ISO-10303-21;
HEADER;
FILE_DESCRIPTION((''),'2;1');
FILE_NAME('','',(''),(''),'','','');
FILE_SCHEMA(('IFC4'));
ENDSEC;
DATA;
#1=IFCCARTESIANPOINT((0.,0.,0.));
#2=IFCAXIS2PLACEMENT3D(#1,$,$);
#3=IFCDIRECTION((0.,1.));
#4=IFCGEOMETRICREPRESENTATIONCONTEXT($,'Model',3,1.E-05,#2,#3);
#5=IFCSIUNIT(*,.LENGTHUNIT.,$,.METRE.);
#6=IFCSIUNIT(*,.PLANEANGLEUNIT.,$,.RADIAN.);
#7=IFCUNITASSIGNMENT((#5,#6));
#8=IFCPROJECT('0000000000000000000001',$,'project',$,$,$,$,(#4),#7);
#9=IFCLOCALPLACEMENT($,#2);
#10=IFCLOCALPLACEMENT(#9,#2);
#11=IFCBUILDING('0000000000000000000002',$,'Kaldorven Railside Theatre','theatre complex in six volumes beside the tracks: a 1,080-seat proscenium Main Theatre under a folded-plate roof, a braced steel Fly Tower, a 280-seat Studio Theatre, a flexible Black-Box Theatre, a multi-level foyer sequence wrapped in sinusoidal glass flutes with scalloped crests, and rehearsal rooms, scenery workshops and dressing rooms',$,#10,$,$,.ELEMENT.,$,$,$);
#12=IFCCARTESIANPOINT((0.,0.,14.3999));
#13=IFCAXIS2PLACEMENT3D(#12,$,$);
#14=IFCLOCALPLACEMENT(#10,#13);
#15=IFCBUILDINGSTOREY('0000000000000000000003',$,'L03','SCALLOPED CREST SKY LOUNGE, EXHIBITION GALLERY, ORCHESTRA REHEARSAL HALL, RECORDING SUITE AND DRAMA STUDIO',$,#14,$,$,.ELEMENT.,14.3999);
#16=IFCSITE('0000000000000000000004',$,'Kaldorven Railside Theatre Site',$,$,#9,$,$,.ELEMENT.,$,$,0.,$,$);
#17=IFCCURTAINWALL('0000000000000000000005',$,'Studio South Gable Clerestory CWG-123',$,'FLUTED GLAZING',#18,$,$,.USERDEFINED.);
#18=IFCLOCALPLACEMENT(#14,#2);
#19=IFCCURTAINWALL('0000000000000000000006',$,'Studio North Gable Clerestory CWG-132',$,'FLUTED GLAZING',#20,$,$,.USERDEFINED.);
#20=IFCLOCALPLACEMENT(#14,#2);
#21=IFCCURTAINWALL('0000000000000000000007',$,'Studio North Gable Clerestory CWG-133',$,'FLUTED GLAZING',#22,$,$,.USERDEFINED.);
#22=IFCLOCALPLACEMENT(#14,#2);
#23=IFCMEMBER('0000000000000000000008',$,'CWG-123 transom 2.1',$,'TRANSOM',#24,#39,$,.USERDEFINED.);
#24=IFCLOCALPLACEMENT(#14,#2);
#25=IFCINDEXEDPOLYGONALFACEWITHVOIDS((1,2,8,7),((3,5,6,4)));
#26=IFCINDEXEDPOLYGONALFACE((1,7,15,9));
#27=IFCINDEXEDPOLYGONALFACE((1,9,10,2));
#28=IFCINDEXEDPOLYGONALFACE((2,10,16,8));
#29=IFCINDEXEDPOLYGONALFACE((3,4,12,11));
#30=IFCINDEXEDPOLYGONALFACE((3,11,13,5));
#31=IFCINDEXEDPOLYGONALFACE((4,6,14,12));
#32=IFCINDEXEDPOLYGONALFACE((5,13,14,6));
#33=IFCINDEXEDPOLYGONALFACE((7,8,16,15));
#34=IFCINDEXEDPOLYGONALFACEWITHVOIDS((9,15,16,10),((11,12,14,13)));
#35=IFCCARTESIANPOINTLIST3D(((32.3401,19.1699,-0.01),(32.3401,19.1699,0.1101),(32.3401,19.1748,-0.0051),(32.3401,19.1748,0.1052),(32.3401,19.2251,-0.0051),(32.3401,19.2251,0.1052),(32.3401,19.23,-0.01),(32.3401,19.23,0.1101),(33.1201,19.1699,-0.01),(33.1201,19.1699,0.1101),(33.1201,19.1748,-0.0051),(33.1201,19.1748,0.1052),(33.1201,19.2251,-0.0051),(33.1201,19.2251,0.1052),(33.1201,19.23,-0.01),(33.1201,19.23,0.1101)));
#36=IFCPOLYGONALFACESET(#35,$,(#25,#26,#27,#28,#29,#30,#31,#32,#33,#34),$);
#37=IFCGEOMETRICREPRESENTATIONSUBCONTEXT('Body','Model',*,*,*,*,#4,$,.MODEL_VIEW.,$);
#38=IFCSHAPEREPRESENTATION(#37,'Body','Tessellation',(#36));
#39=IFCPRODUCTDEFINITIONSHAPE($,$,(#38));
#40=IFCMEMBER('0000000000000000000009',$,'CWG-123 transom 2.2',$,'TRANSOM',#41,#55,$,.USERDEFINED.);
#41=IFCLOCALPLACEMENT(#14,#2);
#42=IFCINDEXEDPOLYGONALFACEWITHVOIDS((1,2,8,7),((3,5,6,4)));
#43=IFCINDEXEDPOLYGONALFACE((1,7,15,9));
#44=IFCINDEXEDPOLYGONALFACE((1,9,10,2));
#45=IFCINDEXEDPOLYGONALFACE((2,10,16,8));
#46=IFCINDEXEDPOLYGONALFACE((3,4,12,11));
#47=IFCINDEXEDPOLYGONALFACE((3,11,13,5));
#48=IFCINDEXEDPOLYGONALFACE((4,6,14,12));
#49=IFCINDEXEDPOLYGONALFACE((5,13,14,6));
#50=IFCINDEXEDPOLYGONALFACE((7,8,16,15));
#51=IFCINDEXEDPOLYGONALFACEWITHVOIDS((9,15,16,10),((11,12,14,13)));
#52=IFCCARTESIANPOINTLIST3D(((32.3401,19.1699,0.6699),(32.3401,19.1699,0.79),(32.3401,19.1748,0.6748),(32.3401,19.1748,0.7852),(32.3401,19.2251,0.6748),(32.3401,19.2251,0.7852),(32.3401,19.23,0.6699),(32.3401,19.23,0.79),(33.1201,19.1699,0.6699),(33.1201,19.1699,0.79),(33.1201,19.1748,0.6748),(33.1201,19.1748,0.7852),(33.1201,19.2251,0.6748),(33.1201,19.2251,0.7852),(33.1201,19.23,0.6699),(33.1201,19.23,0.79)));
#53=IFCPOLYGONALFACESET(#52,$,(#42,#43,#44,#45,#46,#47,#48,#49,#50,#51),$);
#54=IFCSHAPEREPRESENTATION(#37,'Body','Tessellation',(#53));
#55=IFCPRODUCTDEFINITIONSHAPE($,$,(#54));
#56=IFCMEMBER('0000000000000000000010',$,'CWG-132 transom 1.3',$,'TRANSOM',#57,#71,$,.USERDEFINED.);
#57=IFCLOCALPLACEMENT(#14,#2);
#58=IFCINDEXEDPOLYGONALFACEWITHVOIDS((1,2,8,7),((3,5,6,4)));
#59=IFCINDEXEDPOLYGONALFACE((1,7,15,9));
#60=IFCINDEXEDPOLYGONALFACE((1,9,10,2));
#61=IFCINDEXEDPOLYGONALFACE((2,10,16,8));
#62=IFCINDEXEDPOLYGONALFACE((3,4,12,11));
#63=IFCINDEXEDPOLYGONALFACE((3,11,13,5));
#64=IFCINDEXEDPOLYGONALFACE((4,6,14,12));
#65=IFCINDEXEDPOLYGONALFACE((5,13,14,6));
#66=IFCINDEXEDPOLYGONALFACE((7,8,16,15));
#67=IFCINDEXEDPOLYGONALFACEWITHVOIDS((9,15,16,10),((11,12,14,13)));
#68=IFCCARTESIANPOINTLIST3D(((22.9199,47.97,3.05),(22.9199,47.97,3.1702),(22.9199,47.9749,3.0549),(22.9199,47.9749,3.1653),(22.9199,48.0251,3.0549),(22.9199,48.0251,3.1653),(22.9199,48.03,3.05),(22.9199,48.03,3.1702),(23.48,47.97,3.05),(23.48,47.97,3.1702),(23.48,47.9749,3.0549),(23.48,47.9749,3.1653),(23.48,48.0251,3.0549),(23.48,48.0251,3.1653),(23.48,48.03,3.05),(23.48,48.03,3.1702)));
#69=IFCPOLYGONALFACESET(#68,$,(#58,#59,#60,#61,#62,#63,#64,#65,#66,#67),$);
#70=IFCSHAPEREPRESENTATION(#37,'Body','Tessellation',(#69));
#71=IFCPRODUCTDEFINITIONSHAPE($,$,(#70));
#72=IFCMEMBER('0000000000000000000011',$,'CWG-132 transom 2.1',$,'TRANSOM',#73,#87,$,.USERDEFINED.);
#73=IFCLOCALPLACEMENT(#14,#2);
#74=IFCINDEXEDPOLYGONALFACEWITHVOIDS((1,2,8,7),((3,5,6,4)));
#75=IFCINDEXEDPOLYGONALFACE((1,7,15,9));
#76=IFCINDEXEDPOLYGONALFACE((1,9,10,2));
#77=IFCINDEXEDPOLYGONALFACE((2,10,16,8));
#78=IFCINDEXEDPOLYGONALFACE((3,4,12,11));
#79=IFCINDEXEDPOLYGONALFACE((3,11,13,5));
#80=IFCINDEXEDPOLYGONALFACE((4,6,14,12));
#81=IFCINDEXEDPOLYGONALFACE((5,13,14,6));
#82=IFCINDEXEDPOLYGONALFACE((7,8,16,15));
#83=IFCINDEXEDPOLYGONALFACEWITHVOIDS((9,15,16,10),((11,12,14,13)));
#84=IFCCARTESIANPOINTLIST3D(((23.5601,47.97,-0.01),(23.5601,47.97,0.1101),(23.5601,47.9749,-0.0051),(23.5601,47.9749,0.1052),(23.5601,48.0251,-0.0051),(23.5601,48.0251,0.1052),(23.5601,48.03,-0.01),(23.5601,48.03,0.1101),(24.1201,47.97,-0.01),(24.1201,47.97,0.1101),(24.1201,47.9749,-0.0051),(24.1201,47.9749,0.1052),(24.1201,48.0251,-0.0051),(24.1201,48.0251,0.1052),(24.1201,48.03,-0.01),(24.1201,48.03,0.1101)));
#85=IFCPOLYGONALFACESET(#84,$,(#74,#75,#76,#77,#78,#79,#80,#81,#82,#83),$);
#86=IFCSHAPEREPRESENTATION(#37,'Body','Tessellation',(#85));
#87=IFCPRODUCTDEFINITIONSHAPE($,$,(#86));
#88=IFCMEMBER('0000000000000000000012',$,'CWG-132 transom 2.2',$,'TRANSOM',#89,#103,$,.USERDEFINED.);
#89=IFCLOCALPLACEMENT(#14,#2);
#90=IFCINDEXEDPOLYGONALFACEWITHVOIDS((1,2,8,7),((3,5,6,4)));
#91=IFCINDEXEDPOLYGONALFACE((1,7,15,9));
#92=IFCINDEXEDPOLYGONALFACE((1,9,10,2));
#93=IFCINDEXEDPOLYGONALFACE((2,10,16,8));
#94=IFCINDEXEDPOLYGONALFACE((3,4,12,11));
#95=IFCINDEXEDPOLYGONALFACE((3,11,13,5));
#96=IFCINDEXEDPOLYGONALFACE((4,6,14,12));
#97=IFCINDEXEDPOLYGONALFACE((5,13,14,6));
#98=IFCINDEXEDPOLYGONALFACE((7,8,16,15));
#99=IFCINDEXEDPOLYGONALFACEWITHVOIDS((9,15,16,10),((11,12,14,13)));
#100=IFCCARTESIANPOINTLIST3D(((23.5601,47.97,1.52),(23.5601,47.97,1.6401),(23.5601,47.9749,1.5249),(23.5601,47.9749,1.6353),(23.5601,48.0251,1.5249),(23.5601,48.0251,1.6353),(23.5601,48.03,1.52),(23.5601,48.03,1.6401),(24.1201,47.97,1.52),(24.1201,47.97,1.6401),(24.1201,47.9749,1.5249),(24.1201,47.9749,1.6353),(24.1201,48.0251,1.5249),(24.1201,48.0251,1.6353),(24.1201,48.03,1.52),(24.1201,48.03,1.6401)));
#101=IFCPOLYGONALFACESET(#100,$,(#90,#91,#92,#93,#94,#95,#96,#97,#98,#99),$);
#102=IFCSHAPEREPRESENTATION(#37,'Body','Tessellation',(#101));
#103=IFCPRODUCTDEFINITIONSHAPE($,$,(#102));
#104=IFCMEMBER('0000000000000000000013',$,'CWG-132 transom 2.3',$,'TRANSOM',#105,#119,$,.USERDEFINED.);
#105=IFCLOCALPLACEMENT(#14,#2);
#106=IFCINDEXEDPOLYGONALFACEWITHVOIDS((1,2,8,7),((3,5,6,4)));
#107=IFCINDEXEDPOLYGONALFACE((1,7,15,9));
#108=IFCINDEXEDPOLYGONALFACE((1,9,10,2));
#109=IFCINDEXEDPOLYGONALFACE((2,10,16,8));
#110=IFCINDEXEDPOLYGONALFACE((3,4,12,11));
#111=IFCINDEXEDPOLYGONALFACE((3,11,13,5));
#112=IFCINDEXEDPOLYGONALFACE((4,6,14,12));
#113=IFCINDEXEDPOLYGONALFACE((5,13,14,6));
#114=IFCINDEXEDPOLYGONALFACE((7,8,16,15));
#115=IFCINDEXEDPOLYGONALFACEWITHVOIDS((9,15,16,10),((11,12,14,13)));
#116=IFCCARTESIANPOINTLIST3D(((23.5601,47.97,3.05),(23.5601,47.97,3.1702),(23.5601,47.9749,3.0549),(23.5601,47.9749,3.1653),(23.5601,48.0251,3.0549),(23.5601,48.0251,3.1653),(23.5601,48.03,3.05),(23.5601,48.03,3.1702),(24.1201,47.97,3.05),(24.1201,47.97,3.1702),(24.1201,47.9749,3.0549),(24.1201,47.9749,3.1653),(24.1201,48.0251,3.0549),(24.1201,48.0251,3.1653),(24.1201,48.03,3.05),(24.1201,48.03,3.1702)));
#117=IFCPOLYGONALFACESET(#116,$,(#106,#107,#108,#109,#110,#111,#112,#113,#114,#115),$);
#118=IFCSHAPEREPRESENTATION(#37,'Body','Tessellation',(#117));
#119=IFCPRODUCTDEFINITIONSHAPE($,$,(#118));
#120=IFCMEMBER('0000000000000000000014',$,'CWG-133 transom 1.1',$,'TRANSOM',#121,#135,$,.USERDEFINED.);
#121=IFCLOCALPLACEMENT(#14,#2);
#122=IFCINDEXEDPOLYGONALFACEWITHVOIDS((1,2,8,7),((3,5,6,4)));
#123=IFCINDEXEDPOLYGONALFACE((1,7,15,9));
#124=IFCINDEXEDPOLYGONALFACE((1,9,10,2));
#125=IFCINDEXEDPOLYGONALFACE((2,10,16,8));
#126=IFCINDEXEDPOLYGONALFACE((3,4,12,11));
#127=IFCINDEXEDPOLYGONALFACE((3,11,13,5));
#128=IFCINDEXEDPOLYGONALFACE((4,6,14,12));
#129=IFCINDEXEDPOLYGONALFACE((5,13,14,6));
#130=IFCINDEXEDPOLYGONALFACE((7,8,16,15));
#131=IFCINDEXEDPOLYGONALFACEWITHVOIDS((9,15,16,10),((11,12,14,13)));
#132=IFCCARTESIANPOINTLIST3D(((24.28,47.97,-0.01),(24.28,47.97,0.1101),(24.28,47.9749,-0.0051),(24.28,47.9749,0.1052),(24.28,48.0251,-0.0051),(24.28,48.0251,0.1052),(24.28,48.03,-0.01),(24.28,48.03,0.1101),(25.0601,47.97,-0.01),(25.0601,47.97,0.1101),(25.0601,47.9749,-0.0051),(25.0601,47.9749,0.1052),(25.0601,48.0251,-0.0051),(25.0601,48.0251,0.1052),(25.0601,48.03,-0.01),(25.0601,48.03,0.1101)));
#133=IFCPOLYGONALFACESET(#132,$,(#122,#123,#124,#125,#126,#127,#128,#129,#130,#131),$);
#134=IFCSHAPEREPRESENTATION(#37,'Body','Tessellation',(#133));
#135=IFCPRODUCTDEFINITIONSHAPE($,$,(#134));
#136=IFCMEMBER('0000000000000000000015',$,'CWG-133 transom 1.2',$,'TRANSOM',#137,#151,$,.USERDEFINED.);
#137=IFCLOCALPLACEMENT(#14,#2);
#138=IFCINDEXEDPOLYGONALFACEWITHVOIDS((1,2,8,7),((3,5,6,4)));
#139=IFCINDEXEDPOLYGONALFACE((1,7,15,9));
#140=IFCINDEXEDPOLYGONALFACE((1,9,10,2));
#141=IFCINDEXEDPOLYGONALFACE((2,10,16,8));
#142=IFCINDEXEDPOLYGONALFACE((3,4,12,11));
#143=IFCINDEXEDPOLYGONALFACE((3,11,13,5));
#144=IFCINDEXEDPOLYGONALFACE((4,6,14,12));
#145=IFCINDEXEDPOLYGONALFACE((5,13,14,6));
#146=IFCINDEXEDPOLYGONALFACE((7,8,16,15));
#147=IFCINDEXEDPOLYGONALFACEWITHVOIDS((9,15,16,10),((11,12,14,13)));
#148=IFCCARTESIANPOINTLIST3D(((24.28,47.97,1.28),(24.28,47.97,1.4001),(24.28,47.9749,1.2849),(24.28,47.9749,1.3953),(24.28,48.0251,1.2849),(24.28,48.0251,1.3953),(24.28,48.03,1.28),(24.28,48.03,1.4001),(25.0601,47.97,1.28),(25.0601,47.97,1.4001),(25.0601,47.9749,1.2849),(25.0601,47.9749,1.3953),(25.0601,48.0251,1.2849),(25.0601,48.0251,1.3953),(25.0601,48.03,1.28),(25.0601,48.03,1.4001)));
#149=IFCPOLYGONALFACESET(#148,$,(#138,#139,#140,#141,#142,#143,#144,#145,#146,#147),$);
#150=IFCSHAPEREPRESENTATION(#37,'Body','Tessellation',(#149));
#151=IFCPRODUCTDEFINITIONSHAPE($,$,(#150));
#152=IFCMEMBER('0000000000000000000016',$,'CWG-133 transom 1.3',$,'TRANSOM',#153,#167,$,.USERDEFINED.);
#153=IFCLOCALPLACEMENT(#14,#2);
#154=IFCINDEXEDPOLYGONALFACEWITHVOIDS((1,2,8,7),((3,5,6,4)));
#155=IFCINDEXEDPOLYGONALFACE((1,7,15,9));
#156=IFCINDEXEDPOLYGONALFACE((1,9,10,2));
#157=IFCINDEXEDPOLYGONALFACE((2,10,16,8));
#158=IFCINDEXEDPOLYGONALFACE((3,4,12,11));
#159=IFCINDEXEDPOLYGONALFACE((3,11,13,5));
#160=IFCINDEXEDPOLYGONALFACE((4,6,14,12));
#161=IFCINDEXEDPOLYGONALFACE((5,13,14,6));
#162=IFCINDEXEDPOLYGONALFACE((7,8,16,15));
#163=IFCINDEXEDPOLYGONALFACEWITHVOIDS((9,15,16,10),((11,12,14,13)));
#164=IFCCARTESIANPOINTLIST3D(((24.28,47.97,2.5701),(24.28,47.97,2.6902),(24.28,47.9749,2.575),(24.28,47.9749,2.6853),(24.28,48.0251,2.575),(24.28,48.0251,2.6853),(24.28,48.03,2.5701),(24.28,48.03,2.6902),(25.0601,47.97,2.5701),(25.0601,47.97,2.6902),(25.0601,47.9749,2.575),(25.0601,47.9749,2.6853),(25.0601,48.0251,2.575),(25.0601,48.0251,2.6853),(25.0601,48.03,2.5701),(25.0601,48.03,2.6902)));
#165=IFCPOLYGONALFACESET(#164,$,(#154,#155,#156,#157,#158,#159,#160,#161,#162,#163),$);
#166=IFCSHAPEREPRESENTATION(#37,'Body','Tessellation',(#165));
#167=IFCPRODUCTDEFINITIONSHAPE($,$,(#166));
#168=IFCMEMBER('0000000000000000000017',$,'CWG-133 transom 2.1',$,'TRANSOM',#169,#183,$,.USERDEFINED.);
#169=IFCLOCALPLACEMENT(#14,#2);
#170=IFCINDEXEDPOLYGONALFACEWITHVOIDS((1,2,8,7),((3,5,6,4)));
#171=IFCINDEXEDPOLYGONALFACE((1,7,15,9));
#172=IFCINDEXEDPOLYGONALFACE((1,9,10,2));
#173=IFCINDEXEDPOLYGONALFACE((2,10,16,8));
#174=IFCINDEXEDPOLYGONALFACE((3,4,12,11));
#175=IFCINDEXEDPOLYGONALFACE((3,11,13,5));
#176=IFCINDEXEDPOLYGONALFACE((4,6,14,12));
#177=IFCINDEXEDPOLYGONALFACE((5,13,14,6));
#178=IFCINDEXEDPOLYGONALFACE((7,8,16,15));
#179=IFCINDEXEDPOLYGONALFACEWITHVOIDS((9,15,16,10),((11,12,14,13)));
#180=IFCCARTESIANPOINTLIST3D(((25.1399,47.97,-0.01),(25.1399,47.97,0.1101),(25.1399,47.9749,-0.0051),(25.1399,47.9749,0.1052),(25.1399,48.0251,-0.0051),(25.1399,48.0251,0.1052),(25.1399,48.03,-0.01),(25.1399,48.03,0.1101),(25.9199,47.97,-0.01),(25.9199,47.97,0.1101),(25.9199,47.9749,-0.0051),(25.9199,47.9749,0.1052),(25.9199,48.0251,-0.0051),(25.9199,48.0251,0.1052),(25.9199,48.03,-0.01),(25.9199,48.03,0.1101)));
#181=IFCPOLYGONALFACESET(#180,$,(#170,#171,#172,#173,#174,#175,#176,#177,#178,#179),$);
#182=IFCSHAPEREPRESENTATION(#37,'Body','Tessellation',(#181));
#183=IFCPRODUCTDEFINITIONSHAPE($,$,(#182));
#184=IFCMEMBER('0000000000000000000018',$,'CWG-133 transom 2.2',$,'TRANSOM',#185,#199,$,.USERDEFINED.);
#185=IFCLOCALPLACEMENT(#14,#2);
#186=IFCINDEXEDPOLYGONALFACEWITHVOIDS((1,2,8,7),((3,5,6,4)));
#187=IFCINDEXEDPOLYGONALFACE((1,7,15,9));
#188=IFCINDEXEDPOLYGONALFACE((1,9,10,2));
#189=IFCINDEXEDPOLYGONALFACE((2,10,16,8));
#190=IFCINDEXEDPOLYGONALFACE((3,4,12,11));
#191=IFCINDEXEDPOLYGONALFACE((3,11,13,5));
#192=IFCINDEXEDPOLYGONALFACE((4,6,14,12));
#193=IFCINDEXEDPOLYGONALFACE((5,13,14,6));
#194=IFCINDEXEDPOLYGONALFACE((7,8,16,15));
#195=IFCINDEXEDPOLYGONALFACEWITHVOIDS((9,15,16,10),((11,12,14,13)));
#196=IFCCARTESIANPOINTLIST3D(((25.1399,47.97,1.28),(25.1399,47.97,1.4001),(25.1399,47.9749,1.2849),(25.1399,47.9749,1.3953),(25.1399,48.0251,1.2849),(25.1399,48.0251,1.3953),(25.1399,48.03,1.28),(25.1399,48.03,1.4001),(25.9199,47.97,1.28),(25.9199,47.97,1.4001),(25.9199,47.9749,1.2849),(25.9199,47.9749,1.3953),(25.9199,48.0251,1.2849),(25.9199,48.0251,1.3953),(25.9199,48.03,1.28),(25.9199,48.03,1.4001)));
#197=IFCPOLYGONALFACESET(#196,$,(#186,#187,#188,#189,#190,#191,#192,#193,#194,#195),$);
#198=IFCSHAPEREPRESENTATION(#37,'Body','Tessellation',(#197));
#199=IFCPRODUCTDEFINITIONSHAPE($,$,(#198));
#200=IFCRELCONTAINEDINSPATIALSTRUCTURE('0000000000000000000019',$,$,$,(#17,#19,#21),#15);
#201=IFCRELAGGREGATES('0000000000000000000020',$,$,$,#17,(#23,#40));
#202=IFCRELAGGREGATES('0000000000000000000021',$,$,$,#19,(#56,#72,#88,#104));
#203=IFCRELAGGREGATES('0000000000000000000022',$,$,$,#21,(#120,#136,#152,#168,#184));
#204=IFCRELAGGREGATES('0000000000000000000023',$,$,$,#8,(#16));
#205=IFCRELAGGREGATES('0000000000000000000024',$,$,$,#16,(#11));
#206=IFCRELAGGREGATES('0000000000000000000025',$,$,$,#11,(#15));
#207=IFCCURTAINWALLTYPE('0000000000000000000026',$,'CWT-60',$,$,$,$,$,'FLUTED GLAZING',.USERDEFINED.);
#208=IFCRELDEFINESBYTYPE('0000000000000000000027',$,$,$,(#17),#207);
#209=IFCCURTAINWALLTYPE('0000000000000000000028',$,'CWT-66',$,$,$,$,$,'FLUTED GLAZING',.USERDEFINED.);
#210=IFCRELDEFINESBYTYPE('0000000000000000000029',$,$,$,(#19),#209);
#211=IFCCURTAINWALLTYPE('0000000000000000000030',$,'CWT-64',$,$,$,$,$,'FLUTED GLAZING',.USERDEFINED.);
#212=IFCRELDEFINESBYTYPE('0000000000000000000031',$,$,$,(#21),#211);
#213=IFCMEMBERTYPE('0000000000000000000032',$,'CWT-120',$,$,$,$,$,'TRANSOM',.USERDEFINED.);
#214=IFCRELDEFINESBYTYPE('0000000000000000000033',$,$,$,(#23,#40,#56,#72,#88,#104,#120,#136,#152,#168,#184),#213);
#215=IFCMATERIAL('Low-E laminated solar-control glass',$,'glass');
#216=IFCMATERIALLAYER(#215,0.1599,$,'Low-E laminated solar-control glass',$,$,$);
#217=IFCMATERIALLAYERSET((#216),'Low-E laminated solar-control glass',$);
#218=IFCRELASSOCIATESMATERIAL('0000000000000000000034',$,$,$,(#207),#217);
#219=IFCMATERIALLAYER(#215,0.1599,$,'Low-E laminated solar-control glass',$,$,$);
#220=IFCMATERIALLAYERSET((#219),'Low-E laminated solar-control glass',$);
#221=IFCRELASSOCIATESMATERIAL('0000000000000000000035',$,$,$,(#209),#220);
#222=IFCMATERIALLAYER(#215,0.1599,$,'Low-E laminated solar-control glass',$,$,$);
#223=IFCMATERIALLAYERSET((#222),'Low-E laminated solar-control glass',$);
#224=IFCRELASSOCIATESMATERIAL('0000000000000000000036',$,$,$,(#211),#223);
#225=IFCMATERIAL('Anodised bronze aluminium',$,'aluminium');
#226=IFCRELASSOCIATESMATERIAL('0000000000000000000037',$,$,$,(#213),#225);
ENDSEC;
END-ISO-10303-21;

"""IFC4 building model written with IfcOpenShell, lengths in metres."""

from ifc_helpers import new_model, si_unit, direction, frame, origin, origin_2d, place, context, subcontext, project, spatial, hollow_rectangle, extrude, material, layer, layer_set, material_profile, profile_set, type_object, element, aggregate, save


model = new_model("IFC4")

# Units and contexts
model_context = context("Model", 3, precision=1e-05, world=origin(), true_north=direction((0.0, 1.0)))
body_context = subcontext(model_context, "Body", "Model", "MODEL_VIEW")
ifc_project = project(units=[si_unit("LENGTHUNIT", "METRE"), si_unit("PLANEANGLEUNIT", "RADIAN")], contexts=[model_context])

# Site, building, storey
site_placement = place(None, origin())
site = spatial("IfcSite", under=ifc_project, at=site_placement, Name="Kaldorven Railside Theatre Site", CompositionType="ELEMENT", RefElevation=0.0)
building_placement = place(site_placement, origin())
building = spatial("IfcBuilding", under=site, at=building_placement, Name="Kaldorven Railside Theatre", Description="theatre complex in six volumes beside the tracks: a 1,080-seat proscenium Main Theatre under a folded-plate roof, a braced steel Fly Tower, a 280-seat Studio Theatre, a flexible Black-Box Theatre, a multi-level foyer sequence wrapped in sinusoidal glass flutes with scalloped crests, and rehearsal rooms, scenery workshops and dressing rooms", CompositionType="ELEMENT")
storey_placement = place(building_placement, frame((0.0, 0.0, 14.3999)))
storey = spatial("IfcBuildingStorey", under=building, at=storey_placement, Name="L03", Description="SCALLOPED CREST SKY LOUNGE, EXHIBITION GALLERY, ORCHESTRA REHEARSAL HALL, RECORDING SUITE AND DRAMA STUDIO", CompositionType="ELEMENT", Elevation=14.3999)

# Curtain walls
ifc_material_1 = material(Name="Low-E laminated solar-control glass", Category="glass")
ifc_layer_1 = layer(ifc_material_1, 0.1599, Name="Low-E laminated solar-control glass")
ifc_layer_set_1 = layer_set([ifc_layer_1], Name="Low-E laminated solar-control glass")
curtain_wall_type_1 = type_object("IfcCurtainWallType", Name="CWT-60", ElementType="FLUTED GLAZING", PredefinedType="USERDEFINED", material=ifc_layer_set_1)
curtain_wall_1_placement = place(storey_placement, origin())
curtain_wall_1 = element("IfcCurtainWall", 1, at=curtain_wall_1_placement, inside=storey, type_object=curtain_wall_type_1, Name="Studio South Gable Clerestory CWG-123", ObjectType="FLUTED GLAZING", PredefinedType="USERDEFINED")
ifc_material_2 = material(Name="Anodised bronze aluminium", Category="aluminium")
ifc_layer_2 = layer(ifc_material_1, 0.1599, Name="Low-E laminated solar-control glass")
ifc_layer_set_2 = layer_set([ifc_layer_2], Name="Low-E laminated solar-control glass")
curtain_wall_type_2 = type_object("IfcCurtainWallType", Name="CWT-66", ElementType="FLUTED GLAZING", PredefinedType="USERDEFINED", material=ifc_layer_set_2)
curtain_wall_2_placement = place(storey_placement, origin())
curtain_wall_2 = element("IfcCurtainWall", 2, at=curtain_wall_2_placement, inside=storey, type_object=curtain_wall_type_2, Name="Studio North Gable Clerestory CWG-132", ObjectType="FLUTED GLAZING", PredefinedType="USERDEFINED")
ifc_layer_3 = layer(ifc_material_1, 0.1599, Name="Low-E laminated solar-control glass")
ifc_layer_set_3 = layer_set([ifc_layer_3], Name="Low-E laminated solar-control glass")
curtain_wall_type_3 = type_object("IfcCurtainWallType", Name="CWT-64", ElementType="FLUTED GLAZING", PredefinedType="USERDEFINED", material=ifc_layer_set_3)
curtain_wall_3_placement = place(storey_placement, origin())
curtain_wall_3 = element("IfcCurtainWall", 3, at=curtain_wall_3_placement, inside=storey, type_object=curtain_wall_type_3, Name="Studio North Gable Clerestory CWG-133", ObjectType="FLUTED GLAZING", PredefinedType="USERDEFINED")

# Members
ifc_material_profile_1 = material_profile(ifc_material_2, hollow_rectangle(XDim=0.0601, YDim=0.1201, WallThickness=0.0049, at=origin_2d()), Name="RHS 120x60x5")
ifc_profile_set_1 = profile_set([ifc_material_profile_1], Name="Anodised bronze aluminium")
member_type_1 = type_object("IfcMemberType", Name="CWT-120", ElementType="TRANSOM", PredefinedType="USERDEFINED", material=ifc_profile_set_1)
member_1_placement = place(storey_placement, frame((32.3401, 19.2, 0.05), z_axis=(1.0, 0.0, 0.0), x_axis=(0.0, 1.0, 0.0)))
member_1 = element("IfcMember", 4, at=member_1_placement, type_object=member_type_1, Name="CWG-123 transom 2.1", ObjectType="TRANSOM", PredefinedType="USERDEFINED", context=body_context, shape_type="SweptSolid", body=[
    extrude(hollow_rectangle(XDim=0.0601, YDim=0.1201, WallThickness=0.0049, at=origin_2d()), origin(), (0.0, 0.0, 1.0), 0.78),
])
member_2_placement = place(storey_placement, frame((32.3401, 19.2, 0.73), z_axis=(1.0, 0.0, 0.0), x_axis=(0.0, 1.0, 0.0)))
member_2 = element("IfcMember", 5, at=member_2_placement, type_object=member_type_1, Name="CWG-123 transom 2.2", ObjectType="TRANSOM", PredefinedType="USERDEFINED", context=body_context, shape_type="SweptSolid", body=[
    extrude(hollow_rectangle(XDim=0.0601, YDim=0.1201, WallThickness=0.0049, at=origin_2d()), origin(), (0.0, 0.0, 1.0), 0.78),
])
member_3_placement = place(storey_placement, frame((22.9199, 48.0, 3.1101), z_axis=(1.0, 0.0, 0.0), x_axis=(0.0, 1.0, 0.0)))
member_3 = element("IfcMember", 6, at=member_3_placement, type_object=member_type_1, Name="CWG-132 transom 1.3", ObjectType="TRANSOM", PredefinedType="USERDEFINED", context=body_context, shape_type="SweptSolid", body=[
    extrude(hollow_rectangle(XDim=0.0601, YDim=0.1201, WallThickness=0.0049, at=origin_2d()), origin(), (0.0, 0.0, 1.0), 0.5601),
])
member_4_placement = place(storey_placement, frame((23.5601, 48.0, 0.05), z_axis=(1.0, 0.0, 0.0), x_axis=(0.0, 1.0, 0.0)))
member_4 = element("IfcMember", 7, at=member_4_placement, type_object=member_type_1, Name="CWG-132 transom 2.1", ObjectType="TRANSOM", PredefinedType="USERDEFINED", context=body_context, shape_type="SweptSolid", body=[
    extrude(hollow_rectangle(XDim=0.0601, YDim=0.1201, WallThickness=0.0049, at=origin_2d()), origin(), (0.0, 0.0, 1.0), 0.5601),
])
member_5_placement = place(storey_placement, frame((23.5601, 48.0, 1.5801), z_axis=(1.0, 0.0, 0.0), x_axis=(0.0, 1.0, 0.0)))
member_5 = element("IfcMember", 8, at=member_5_placement, type_object=member_type_1, Name="CWG-132 transom 2.2", ObjectType="TRANSOM", PredefinedType="USERDEFINED", context=body_context, shape_type="SweptSolid", body=[
    extrude(hollow_rectangle(XDim=0.0601, YDim=0.1201, WallThickness=0.0049, at=origin_2d()), origin(), (0.0, 0.0, 1.0), 0.5601),
])
member_6_placement = place(storey_placement, frame((23.5601, 48.0, 3.1101), z_axis=(1.0, 0.0, 0.0), x_axis=(0.0, 1.0, 0.0)))
member_6 = element("IfcMember", 9, at=member_6_placement, type_object=member_type_1, Name="CWG-132 transom 2.3", ObjectType="TRANSOM", PredefinedType="USERDEFINED", context=body_context, shape_type="SweptSolid", body=[
    extrude(hollow_rectangle(XDim=0.0601, YDim=0.1201, WallThickness=0.0049, at=origin_2d()), origin(), (0.0, 0.0, 1.0), 0.5601),
])
member_7_placement = place(storey_placement, frame((24.28, 48.0, 0.05), z_axis=(1.0, 0.0, 0.0), x_axis=(0.0, 1.0, 0.0)))
member_7 = element("IfcMember", 10, at=member_7_placement, type_object=member_type_1, Name="CWG-133 transom 1.1", ObjectType="TRANSOM", PredefinedType="USERDEFINED", context=body_context, shape_type="SweptSolid", body=[
    extrude(hollow_rectangle(XDim=0.0601, YDim=0.1201, WallThickness=0.0049, at=origin_2d()), origin(), (0.0, 0.0, 1.0), 0.78),
])
member_8_placement = place(storey_placement, frame((24.28, 48.0, 1.3401), z_axis=(1.0, 0.0, 0.0), x_axis=(0.0, 1.0, 0.0)))
member_8 = element("IfcMember", 11, at=member_8_placement, type_object=member_type_1, Name="CWG-133 transom 1.2", ObjectType="TRANSOM", PredefinedType="USERDEFINED", context=body_context, shape_type="SweptSolid", body=[
    extrude(hollow_rectangle(XDim=0.0601, YDim=0.1201, WallThickness=0.0049, at=origin_2d()), origin(), (0.0, 0.0, 1.0), 0.78),
])
member_9_placement = place(storey_placement, frame((24.28, 48.0, 2.6301), z_axis=(1.0, 0.0, 0.0), x_axis=(0.0, 1.0, 0.0)))
member_9 = element("IfcMember", 12, at=member_9_placement, type_object=member_type_1, Name="CWG-133 transom 1.3", ObjectType="TRANSOM", PredefinedType="USERDEFINED", context=body_context, shape_type="SweptSolid", body=[
    extrude(hollow_rectangle(XDim=0.0601, YDim=0.1201, WallThickness=0.0049, at=origin_2d()), origin(), (0.0, 0.0, 1.0), 0.78),
])
member_10_placement = place(storey_placement, frame((25.1399, 48.0, 0.05), z_axis=(1.0, 0.0, 0.0), x_axis=(0.0, 1.0, 0.0)))
member_10 = element("IfcMember", 13, at=member_10_placement, type_object=member_type_1, Name="CWG-133 transom 2.1", ObjectType="TRANSOM", PredefinedType="USERDEFINED", context=body_context, shape_type="SweptSolid", body=[
    extrude(hollow_rectangle(XDim=0.0601, YDim=0.1201, WallThickness=0.0049, at=origin_2d()), origin(), (0.0, 0.0, 1.0), 0.78),
])
member_11_placement = place(storey_placement, frame((25.1399, 48.0, 1.3401), z_axis=(1.0, 0.0, 0.0), x_axis=(0.0, 1.0, 0.0)))
member_11 = element("IfcMember", 14, at=member_11_placement, type_object=member_type_1, Name="CWG-133 transom 2.2", ObjectType="TRANSOM", PredefinedType="USERDEFINED", context=body_context, shape_type="SweptSolid", body=[
    extrude(hollow_rectangle(XDim=0.0601, YDim=0.1201, WallThickness=0.0049, at=origin_2d()), origin(), (0.0, 0.0, 1.0), 0.78),
])

aggregate(curtain_wall_1, [member_1, member_2])
aggregate(curtain_wall_2, [member_3, member_4, member_5, member_6])
aggregate(curtain_wall_3, [member_7, member_8, member_9, member_10, member_11])

save(model, "model.ifc")
